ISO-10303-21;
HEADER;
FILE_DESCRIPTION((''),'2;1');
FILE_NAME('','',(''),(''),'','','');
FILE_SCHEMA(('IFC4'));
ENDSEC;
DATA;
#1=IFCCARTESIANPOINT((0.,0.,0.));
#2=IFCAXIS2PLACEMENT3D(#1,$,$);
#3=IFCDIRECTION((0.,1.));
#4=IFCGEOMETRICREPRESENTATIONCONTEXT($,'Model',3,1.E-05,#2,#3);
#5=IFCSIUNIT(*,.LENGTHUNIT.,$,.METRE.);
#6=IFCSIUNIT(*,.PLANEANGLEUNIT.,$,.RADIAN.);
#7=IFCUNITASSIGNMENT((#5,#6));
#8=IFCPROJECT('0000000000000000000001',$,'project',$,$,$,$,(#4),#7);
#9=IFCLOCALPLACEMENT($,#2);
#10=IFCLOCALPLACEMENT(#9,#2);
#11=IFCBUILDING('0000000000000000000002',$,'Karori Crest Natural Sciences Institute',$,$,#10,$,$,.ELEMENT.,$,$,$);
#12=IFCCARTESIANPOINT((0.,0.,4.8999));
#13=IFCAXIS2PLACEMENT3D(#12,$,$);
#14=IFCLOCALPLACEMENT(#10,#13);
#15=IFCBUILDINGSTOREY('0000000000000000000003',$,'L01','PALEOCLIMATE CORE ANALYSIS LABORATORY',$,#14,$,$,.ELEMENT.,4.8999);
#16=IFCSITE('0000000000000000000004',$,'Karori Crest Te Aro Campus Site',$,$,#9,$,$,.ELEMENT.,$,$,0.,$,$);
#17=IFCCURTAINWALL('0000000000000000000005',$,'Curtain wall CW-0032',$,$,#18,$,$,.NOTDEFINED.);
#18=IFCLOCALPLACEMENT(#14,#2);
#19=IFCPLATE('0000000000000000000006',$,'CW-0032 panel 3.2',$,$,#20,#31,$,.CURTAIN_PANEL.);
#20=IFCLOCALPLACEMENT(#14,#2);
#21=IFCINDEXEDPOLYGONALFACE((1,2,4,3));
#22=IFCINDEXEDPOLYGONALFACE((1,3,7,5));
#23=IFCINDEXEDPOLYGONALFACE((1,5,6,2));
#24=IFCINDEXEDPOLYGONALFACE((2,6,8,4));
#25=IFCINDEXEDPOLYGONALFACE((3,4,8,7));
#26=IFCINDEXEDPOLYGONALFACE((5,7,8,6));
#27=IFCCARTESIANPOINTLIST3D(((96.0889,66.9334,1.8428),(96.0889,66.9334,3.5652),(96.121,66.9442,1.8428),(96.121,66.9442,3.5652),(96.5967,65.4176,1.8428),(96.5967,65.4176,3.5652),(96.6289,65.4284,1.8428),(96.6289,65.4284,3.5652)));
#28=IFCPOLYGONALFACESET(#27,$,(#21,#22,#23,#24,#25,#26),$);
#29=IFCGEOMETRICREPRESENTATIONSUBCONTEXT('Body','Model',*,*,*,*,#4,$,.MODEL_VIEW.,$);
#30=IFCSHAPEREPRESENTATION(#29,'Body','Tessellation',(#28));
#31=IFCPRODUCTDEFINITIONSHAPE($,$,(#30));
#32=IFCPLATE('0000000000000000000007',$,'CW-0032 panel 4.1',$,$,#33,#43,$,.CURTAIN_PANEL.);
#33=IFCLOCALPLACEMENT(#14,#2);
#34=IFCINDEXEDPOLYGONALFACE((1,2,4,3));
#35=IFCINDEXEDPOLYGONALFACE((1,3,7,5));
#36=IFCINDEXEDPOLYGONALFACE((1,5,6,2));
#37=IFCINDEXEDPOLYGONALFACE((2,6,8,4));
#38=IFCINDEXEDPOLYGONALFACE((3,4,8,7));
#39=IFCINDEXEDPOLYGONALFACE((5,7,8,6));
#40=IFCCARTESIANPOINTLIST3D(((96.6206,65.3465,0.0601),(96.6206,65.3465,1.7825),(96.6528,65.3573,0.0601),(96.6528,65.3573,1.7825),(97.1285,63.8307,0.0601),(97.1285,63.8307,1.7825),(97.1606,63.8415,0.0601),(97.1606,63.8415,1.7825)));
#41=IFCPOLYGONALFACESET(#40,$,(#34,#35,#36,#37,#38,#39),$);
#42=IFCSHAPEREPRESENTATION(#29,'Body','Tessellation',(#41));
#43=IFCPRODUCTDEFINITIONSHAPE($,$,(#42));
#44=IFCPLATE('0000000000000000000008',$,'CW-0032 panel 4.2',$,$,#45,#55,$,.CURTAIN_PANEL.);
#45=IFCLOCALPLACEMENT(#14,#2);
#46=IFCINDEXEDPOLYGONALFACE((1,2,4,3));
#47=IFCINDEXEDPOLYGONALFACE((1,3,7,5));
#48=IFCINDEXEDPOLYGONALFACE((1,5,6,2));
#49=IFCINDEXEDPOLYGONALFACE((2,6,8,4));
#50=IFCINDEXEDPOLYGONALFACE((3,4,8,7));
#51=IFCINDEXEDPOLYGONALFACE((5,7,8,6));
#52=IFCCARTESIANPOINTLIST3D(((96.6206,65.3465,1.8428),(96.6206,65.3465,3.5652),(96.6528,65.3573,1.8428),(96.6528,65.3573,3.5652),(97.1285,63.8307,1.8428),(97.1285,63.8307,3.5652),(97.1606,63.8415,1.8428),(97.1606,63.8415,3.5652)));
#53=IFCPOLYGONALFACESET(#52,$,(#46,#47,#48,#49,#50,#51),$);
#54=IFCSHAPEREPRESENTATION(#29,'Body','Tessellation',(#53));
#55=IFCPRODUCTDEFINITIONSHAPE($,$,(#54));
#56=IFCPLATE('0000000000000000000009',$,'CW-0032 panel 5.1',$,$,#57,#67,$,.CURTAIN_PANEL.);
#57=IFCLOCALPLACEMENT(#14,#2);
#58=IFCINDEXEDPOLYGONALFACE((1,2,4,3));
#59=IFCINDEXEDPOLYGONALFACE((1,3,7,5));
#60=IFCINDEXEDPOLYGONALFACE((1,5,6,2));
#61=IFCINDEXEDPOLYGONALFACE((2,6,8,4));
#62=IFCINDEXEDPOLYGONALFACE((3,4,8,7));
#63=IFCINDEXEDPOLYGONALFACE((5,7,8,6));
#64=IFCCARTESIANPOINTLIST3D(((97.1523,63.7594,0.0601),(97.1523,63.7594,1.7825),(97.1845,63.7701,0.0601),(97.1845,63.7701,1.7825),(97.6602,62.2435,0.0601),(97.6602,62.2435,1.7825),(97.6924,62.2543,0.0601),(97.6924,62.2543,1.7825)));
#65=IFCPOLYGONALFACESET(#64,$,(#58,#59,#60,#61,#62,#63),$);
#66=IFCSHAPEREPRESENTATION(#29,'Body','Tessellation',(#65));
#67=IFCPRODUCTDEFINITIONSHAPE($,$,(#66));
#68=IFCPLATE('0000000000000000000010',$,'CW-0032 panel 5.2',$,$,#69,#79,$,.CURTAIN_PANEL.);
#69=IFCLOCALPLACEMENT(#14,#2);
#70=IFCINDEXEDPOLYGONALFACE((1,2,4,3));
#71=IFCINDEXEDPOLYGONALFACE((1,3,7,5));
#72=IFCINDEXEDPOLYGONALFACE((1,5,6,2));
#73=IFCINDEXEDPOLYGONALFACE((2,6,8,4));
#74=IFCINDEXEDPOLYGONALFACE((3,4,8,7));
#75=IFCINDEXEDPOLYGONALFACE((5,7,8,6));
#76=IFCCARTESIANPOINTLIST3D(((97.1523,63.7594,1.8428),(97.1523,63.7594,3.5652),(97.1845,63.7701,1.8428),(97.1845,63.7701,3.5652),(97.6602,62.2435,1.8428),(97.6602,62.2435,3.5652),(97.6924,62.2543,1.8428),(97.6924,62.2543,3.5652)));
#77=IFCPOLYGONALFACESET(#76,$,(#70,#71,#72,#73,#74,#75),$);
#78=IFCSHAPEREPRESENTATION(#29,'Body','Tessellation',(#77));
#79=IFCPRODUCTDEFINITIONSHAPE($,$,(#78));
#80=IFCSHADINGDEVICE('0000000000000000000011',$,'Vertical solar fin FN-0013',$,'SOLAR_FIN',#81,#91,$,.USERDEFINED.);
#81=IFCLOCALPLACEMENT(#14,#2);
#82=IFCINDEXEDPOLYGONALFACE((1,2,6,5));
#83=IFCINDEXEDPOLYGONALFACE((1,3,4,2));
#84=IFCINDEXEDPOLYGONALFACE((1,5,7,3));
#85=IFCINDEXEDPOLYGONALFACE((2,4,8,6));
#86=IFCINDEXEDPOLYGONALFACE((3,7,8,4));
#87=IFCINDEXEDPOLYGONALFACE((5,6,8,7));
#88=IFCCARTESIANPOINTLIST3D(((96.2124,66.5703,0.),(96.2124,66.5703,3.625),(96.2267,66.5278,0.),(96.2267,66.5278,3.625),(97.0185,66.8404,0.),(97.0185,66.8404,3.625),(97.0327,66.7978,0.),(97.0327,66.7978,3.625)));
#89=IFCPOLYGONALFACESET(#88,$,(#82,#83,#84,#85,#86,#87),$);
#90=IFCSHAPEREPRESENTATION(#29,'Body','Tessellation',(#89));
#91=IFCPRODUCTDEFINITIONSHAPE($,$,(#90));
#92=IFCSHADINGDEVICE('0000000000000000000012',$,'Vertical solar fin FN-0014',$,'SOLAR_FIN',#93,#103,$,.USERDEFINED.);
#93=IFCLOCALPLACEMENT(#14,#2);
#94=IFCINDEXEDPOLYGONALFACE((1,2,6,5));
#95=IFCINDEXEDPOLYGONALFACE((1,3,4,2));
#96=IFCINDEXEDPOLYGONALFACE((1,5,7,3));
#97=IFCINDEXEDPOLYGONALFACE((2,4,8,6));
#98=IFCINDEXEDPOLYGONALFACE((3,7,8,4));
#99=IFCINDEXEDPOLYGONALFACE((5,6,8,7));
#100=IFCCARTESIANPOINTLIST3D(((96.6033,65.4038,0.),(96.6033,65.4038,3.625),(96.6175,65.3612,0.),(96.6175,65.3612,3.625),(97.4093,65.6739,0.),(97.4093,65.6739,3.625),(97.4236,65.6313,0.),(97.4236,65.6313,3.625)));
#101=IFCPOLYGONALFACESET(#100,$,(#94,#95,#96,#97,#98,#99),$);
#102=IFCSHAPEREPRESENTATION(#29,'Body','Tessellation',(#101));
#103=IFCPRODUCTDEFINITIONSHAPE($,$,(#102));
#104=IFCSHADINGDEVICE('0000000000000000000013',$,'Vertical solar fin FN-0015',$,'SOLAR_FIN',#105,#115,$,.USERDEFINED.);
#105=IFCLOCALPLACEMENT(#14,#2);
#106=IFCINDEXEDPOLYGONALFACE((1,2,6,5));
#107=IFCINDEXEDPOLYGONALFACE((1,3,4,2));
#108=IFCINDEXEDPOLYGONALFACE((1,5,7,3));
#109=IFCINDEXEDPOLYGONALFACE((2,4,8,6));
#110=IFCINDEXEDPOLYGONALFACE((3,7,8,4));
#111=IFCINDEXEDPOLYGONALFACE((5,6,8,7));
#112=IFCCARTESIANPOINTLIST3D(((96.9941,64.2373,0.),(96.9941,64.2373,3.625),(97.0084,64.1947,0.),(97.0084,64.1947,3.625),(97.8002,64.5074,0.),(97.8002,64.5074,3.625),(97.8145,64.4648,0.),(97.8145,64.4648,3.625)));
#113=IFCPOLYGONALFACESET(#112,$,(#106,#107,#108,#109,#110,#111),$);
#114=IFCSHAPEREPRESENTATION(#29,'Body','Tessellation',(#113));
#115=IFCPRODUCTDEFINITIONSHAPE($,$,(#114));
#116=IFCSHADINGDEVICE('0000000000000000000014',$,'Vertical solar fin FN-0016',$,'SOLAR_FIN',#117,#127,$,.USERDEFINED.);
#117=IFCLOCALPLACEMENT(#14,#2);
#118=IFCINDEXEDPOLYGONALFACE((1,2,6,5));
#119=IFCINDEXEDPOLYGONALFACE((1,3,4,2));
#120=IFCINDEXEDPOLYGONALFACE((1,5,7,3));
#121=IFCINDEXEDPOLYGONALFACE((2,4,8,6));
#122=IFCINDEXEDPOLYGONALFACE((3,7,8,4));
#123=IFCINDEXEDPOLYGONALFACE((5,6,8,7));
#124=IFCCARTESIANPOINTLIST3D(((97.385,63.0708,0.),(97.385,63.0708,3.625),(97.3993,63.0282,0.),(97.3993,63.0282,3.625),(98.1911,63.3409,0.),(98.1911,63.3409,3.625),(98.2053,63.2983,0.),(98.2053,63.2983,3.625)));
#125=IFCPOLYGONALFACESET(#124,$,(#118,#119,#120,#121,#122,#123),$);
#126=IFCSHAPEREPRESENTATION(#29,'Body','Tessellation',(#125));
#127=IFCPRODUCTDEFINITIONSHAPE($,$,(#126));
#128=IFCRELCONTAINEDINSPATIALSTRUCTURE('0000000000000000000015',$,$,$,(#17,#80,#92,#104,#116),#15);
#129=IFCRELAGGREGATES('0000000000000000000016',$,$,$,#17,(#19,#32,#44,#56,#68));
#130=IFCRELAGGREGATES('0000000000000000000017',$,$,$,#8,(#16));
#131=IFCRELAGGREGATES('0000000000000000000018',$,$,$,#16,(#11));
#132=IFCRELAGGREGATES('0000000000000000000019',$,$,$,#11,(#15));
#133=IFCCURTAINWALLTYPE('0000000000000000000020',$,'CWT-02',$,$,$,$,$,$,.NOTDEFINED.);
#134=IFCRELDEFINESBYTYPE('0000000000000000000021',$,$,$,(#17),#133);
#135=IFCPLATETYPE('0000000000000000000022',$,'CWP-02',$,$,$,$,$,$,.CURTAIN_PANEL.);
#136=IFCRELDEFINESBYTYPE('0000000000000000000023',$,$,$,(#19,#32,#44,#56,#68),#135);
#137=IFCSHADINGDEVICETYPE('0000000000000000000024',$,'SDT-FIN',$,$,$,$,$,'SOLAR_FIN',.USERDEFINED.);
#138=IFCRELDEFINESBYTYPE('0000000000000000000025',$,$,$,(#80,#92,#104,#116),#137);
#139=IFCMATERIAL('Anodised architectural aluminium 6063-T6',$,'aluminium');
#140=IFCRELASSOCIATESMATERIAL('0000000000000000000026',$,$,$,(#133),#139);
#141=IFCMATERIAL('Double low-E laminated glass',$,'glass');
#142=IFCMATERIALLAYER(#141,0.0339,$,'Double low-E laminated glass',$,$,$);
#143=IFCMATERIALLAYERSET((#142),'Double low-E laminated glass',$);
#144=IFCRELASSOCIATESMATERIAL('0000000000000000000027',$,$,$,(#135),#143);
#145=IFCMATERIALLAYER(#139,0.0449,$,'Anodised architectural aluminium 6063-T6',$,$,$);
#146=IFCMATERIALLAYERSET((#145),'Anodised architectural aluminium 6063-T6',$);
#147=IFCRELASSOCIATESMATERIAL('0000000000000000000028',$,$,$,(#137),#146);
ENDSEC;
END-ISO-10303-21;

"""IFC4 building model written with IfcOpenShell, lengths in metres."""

from ifc_helpers import new_model, si_unit, direction, frame, origin, origin_2d, place, context, subcontext, project, spatial, rectangle, extrude, material, layer, layer_set, type_object, element, aggregate, save


model = new_model("IFC4")

# Units and contexts
model_context = context("Model", 3, precision=1e-05, world=origin(), true_north=direction((0.0, 1.0)))
body_context = subcontext(model_context, "Body", "Model", "MODEL_VIEW")
ifc_project = project(units=[si_unit("LENGTHUNIT", "METRE"), si_unit("PLANEANGLEUNIT", "RADIAN")], contexts=[model_context])

# Site, building, storey
site_placement = place(None, origin())
site = spatial("IfcSite", under=ifc_project, at=site_placement, Name="Karori Crest Te Aro Campus Site", CompositionType="ELEMENT", RefElevation=0.0)
building_placement = place(site_placement, origin())
building = spatial("IfcBuilding", under=site, at=building_placement, Name="Karori Crest Natural Sciences Institute", CompositionType="ELEMENT")
storey_placement = place(building_placement, frame((0.0, 0.0, 4.8999)))
storey = spatial("IfcBuildingStorey", under=building, at=storey_placement, Name="L01", Description="PALEOCLIMATE CORE ANALYSIS LABORATORY", CompositionType="ELEMENT", Elevation=4.8999)

# Curtain wall, plates
ifc_material_1 = material(Name="Anodised architectural aluminium 6063-T6", Category="aluminium")
curtain_wall_type = type_object("IfcCurtainWallType", Name="CWT-02", PredefinedType="NOTDEFINED", material=ifc_material_1)
curtain_wall_placement = place(storey_placement, origin())
curtain_wall = element("IfcCurtainWall", 1, at=curtain_wall_placement, inside=storey, type_object=curtain_wall_type, Name="Curtain wall CW-0032", PredefinedType="NOTDEFINED")
ifc_material_2 = material(Name="Double low-E laminated glass", Category="glass")
ifc_layer_1 = layer(ifc_material_2, 0.0339, Name="Double low-E laminated glass")
ifc_layer_set_1 = layer_set([ifc_layer_1], Name="Double low-E laminated glass")
plate_type = type_object("IfcPlateType", Name="CWP-02", PredefinedType="CURTAIN_PANEL", material=ifc_layer_set_1)
plate_1_placement = place(storey_placement, frame((96.3589, 66.1809, 1.8428), z_axis=(0.0, 0.0, 1.0), x_axis=(0.317685, -0.948196, 0.0)))
plate_1 = element("IfcPlate", 2, at=plate_1_placement, type_object=plate_type, Name="CW-0032 panel 3.2", PredefinedType="CURTAIN_PANEL", context=body_context, shape_type="SweptSolid", body=[
    extrude(rectangle(XDim=1.5986, YDim=0.0339, at=origin_2d()), origin(), (0.0, 0.0, 1.0), 1.7224),
])
plate_2_placement = place(storey_placement, frame((96.8906, 64.594, 0.0601), z_axis=(0.0, 0.0, 1.0), x_axis=(0.317685, -0.948196, 0.0)))
plate_2 = element("IfcPlate", 3, at=plate_2_placement, type_object=plate_type, Name="CW-0032 panel 4.1", PredefinedType="CURTAIN_PANEL", context=body_context, shape_type="SweptSolid", body=[
    extrude(rectangle(XDim=1.5986, YDim=0.0339, at=origin_2d()), origin(), (0.0, 0.0, 1.0), 1.7224),
])
plate_3_placement = place(storey_placement, frame((96.8906, 64.594, 1.8428), z_axis=(0.0, 0.0, 1.0), x_axis=(0.317685, -0.948196, 0.0)))
plate_3 = element("IfcPlate", 4, at=plate_3_placement, type_object=plate_type, Name="CW-0032 panel 4.2", PredefinedType="CURTAIN_PANEL", context=body_context, shape_type="SweptSolid", body=[
    extrude(rectangle(XDim=1.5986, YDim=0.0339, at=origin_2d()), origin(), (0.0, 0.0, 1.0), 1.7224),
])
plate_4_placement = place(storey_placement, frame((97.4224, 63.0068, 0.0601), z_axis=(0.0, 0.0, 1.0), x_axis=(0.317685, -0.948196, 0.0)))
plate_4 = element("IfcPlate", 5, at=plate_4_placement, type_object=plate_type, Name="CW-0032 panel 5.1", PredefinedType="CURTAIN_PANEL", context=body_context, shape_type="SweptSolid", body=[
    extrude(rectangle(XDim=1.5986, YDim=0.0339, at=origin_2d()), origin(), (0.0, 0.0, 1.0), 1.7224),
])
plate_5_placement = place(storey_placement, frame((97.4224, 63.0068, 1.8428), z_axis=(0.0, 0.0, 1.0), x_axis=(0.317685, -0.948196, 0.0)))
plate_5 = element("IfcPlate", 6, at=plate_5_placement, type_object=plate_type, Name="CW-0032 panel 5.2", PredefinedType="CURTAIN_PANEL", context=body_context, shape_type="SweptSolid", body=[
    extrude(rectangle(XDim=1.5986, YDim=0.0339, at=origin_2d()), origin(), (0.0, 0.0, 1.0), 1.7224),
])
aggregate(curtain_wall, [plate_1, plate_2, plate_3, plate_4, plate_5])

# Shading devices
ifc_layer_2 = layer(ifc_material_1, 0.0449, Name="Anodised architectural aluminium 6063-T6")
ifc_layer_set_2 = layer_set([ifc_layer_2], Name="Anodised architectural aluminium 6063-T6")
shading_device_type = type_object("IfcShadingDeviceType", Name="SDT-FIN", ElementType="SOLAR_FIN", PredefinedType="USERDEFINED", material=ifc_layer_set_2)
for number, where, z_axis, x_axis, name in (
    (7, (96.6226, 66.6841, 0.0), (0.0, 0.0, 1.0), (0.948196, 0.317685, 0.0), "Vertical solar fin FN-0013"),
    (8, (97.0134, 65.5176, 0.0), (0.0, 0.0, 1.0), (0.948196, 0.317685, 0.0), "Vertical solar fin FN-0014"),
    (9, (97.4043, 64.3511, 0.0), (0.0, 0.0, 1.0), (0.948196, 0.317685, 0.0), "Vertical solar fin FN-0015"),
    (10, (97.7952, 63.1846, 0.0), (0.0, 0.0, 1.0), (0.948196, 0.317685, 0.0), "Vertical solar fin FN-0016"),
):
    element("IfcShadingDevice", number, at=place(storey_placement, frame(where, z_axis=z_axis, x_axis=x_axis)), inside=storey, type_object=shading_device_type, Name=name, ObjectType="SOLAR_FIN", PredefinedType="USERDEFINED", context=body_context, shape_type="SweptSolid", body=[
        extrude(rectangle(XDim=0.8501, YDim=0.0449, at=origin_2d()), origin(), (0.0, 0.0, 1.0), 3.625),
    ])

save(model, "model.ifc")
